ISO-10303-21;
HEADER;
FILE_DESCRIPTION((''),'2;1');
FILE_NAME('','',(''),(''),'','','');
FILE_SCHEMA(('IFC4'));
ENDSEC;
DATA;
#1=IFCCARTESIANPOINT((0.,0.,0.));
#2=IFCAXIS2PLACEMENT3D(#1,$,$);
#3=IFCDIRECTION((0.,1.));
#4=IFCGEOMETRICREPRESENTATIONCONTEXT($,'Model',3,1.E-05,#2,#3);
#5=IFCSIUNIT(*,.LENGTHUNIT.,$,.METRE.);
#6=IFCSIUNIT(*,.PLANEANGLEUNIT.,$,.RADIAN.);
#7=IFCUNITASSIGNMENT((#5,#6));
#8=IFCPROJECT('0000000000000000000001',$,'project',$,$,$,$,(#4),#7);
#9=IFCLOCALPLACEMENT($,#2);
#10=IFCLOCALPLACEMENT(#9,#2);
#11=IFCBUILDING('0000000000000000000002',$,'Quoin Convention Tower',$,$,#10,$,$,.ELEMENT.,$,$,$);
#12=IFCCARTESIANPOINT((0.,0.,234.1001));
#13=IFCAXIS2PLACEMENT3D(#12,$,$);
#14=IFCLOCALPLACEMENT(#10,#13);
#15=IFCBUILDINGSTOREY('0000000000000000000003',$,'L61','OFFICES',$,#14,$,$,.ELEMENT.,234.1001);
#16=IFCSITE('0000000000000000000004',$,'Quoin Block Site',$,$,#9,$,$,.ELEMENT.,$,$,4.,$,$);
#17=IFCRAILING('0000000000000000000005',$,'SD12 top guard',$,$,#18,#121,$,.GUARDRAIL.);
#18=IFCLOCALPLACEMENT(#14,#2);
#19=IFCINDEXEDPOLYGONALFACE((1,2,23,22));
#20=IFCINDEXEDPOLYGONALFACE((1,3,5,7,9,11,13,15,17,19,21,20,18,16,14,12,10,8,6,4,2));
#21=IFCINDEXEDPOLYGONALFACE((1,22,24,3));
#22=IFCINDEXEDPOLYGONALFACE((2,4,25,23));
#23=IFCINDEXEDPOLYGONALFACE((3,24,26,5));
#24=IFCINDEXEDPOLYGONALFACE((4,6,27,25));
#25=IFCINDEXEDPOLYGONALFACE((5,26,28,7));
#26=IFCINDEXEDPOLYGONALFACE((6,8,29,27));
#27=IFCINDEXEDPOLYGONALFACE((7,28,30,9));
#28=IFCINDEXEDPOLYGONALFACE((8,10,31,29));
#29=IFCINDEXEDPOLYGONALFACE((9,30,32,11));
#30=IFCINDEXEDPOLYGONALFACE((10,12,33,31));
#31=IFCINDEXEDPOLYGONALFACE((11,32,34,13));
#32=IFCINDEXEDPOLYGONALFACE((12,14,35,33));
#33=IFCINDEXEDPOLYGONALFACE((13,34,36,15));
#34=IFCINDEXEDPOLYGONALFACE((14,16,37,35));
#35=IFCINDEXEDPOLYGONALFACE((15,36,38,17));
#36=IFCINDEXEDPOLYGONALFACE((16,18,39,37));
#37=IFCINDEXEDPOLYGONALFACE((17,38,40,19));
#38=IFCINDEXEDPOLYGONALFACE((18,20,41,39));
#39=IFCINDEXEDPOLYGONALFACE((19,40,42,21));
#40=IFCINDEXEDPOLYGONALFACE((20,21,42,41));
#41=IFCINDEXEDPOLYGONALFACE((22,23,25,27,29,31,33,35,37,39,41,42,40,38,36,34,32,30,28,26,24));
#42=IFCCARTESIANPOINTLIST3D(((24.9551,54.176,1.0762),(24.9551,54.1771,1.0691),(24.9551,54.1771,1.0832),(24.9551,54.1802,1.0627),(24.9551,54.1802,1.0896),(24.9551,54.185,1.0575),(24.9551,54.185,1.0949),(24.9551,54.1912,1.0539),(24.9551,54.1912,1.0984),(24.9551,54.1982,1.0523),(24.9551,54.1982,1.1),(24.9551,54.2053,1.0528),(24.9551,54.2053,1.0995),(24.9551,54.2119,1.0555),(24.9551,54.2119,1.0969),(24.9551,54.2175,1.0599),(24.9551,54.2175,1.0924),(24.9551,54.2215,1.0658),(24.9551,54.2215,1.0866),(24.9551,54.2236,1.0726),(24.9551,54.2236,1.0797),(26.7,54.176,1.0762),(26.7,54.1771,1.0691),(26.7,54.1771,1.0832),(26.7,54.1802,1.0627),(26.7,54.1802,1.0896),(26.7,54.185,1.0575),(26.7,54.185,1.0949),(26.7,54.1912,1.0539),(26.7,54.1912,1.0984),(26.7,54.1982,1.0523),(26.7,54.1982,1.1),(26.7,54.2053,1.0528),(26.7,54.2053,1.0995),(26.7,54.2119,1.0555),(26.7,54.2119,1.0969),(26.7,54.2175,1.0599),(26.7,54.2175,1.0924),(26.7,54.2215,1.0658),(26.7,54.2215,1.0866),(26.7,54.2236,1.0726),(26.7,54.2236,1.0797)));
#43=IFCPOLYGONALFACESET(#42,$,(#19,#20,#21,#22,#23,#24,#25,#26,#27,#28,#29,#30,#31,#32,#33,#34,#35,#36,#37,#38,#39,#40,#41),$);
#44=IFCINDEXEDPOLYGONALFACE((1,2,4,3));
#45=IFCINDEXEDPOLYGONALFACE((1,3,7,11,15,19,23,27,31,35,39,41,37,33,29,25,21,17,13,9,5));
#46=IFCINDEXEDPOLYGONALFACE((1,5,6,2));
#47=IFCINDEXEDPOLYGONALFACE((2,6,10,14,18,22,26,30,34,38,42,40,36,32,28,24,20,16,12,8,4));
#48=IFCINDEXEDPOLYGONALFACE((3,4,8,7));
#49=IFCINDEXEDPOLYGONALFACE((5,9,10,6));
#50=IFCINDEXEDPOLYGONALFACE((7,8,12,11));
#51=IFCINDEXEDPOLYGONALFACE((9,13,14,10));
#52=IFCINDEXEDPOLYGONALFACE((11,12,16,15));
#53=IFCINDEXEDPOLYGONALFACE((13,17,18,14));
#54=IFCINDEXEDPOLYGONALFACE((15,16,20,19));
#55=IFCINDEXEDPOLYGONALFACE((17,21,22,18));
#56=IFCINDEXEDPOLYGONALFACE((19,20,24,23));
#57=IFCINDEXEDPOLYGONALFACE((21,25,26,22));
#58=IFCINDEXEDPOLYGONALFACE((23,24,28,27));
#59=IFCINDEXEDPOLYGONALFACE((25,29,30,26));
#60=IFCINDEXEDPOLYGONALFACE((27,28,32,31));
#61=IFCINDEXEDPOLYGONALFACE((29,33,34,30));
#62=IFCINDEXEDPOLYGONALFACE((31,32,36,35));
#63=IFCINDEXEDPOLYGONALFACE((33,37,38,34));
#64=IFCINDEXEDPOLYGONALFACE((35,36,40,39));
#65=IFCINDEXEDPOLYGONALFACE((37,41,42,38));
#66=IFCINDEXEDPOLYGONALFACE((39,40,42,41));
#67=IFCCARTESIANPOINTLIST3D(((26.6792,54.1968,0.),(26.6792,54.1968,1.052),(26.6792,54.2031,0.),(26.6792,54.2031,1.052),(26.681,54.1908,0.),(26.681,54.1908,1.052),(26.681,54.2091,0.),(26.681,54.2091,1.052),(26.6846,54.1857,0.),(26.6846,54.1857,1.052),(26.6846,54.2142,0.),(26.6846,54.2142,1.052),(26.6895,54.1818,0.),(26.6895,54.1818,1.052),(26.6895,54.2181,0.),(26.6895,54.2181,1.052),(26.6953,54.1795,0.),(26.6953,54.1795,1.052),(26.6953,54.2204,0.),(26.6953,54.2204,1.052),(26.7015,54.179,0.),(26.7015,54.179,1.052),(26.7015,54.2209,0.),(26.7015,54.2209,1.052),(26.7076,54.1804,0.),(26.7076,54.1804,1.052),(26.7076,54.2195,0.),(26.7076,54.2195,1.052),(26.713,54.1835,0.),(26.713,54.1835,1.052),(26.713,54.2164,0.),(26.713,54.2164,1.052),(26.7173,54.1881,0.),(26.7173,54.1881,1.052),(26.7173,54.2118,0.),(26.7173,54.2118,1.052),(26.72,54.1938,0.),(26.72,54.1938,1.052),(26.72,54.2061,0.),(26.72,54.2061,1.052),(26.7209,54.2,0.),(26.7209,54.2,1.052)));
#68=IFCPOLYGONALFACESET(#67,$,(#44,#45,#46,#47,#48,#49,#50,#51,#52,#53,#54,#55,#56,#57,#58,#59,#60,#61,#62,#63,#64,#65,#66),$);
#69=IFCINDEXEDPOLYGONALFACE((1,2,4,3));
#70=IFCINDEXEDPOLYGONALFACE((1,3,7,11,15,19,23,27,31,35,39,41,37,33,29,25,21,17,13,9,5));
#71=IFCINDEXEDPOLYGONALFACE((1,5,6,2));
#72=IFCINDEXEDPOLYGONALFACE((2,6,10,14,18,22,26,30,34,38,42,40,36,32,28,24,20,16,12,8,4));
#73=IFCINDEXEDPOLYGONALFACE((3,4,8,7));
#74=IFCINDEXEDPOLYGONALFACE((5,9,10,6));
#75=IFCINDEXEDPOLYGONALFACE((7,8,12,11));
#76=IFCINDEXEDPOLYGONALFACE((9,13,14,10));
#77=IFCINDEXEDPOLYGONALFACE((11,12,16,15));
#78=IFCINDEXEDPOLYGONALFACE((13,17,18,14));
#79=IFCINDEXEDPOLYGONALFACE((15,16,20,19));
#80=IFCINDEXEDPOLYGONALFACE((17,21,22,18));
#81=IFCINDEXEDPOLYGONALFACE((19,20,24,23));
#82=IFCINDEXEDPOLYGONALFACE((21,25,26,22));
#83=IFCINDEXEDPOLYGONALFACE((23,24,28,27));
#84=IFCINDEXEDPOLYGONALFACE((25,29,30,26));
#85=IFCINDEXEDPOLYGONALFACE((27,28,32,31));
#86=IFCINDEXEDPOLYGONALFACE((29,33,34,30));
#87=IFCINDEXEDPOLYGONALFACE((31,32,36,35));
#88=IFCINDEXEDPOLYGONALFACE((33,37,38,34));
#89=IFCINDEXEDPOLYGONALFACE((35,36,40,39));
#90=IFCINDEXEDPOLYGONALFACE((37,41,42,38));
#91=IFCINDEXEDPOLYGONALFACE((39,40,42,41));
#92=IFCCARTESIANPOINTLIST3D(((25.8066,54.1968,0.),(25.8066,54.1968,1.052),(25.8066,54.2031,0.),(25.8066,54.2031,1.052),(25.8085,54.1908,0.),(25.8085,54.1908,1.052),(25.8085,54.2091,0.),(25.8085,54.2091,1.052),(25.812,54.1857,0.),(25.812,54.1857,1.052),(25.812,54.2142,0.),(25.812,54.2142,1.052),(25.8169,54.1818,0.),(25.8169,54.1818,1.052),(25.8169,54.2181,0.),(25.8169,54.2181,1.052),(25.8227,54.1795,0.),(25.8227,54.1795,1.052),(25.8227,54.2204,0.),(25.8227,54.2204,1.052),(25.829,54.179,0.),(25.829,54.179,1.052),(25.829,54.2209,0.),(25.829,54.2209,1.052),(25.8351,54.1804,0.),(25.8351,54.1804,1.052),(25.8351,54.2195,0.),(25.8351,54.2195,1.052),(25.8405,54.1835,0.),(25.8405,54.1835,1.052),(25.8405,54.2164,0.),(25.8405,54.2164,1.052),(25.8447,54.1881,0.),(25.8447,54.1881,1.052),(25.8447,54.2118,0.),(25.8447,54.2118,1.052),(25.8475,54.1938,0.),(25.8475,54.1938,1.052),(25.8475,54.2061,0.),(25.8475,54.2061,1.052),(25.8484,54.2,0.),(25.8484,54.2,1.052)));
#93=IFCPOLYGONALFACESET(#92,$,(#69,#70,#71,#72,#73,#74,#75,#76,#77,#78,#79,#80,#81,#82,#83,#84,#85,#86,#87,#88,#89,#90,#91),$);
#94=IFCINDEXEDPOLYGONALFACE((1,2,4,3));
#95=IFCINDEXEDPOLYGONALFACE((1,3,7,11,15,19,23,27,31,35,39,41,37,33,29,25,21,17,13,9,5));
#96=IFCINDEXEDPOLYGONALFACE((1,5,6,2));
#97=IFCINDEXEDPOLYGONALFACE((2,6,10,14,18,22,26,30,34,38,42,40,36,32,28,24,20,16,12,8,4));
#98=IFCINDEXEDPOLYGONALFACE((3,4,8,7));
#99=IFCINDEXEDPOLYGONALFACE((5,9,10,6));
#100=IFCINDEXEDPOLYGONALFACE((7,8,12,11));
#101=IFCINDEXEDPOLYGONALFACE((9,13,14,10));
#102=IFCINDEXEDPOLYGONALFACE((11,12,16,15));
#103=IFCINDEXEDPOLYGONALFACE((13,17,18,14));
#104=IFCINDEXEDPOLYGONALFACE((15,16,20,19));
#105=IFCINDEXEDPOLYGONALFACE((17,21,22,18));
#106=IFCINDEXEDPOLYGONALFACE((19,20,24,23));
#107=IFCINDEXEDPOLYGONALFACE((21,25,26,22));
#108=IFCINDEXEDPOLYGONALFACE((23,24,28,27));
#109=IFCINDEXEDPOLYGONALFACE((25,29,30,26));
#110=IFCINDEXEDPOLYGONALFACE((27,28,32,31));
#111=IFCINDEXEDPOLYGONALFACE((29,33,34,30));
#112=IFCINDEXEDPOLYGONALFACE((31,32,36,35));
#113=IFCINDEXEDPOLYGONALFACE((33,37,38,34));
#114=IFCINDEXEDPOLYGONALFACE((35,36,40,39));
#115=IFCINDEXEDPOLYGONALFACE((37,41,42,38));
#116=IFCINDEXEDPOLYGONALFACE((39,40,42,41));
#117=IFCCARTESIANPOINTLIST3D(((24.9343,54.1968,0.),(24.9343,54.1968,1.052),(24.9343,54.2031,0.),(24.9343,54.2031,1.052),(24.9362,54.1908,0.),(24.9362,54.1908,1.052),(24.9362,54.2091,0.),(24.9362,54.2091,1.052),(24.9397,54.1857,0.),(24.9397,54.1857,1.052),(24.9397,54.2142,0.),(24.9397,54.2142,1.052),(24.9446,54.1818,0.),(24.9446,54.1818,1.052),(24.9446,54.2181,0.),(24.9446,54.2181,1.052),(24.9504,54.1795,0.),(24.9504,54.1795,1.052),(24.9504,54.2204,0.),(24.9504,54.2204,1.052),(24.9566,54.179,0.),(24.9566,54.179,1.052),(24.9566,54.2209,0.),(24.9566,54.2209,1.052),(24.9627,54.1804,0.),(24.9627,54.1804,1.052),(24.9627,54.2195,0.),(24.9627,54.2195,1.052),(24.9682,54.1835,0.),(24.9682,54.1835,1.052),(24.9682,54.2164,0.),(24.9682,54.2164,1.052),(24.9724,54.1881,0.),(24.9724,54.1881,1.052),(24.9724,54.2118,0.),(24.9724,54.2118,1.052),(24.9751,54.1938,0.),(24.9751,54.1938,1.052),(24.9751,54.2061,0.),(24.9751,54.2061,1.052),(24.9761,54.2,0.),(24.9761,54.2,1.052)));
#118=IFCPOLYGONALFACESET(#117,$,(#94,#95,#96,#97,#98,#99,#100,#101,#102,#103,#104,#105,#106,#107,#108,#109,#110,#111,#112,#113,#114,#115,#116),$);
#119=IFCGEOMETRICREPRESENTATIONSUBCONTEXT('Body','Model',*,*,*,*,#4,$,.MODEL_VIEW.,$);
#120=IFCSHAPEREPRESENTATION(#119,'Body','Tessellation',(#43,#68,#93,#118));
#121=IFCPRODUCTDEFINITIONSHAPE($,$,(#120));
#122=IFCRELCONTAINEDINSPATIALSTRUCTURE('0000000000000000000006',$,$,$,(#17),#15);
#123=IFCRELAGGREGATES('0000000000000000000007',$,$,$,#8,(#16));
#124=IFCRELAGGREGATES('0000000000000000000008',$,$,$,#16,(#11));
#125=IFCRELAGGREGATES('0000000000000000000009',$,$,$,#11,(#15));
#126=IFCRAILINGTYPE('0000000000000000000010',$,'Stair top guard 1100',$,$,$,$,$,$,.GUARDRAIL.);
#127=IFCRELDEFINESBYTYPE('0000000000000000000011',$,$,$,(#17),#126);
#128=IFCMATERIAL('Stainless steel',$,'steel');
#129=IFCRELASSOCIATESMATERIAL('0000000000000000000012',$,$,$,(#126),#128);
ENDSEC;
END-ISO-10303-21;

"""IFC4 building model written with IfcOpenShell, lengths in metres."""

from ifc_helpers import new_model, si_unit, direction, frame, origin, origin_2d, place, context, subcontext, project, spatial, circle, extrude, material, type_object, element, save


model = new_model("IFC4")

# Units and contexts
model_context = context("Model", 3, precision=1e-05, world=origin(), true_north=direction((0.0, 1.0)))
body_context = subcontext(model_context, "Body", "Model", "MODEL_VIEW")
ifc_project = project(units=[si_unit("LENGTHUNIT", "METRE"), si_unit("PLANEANGLEUNIT", "RADIAN")], contexts=[model_context])

# Site, building, storey
site_placement = place(None, origin())
site = spatial("IfcSite", under=ifc_project, at=site_placement, Name="Quoin Block Site", CompositionType="ELEMENT", RefElevation=4.0)
building_placement = place(site_placement, origin())
building = spatial("IfcBuilding", under=site, at=building_placement, Name="Quoin Convention Tower", CompositionType="ELEMENT")
storey_placement = place(building_placement, frame((0.0, 0.0, 234.1001)))
storey = spatial("IfcBuildingStorey", under=building, at=storey_placement, Name="L61", Description="OFFICES", CompositionType="ELEMENT", Elevation=234.1001)

# Railing
ifc_material_1 = material(Name="Stainless steel", Category="steel")
railing_type_1 = type_object("IfcRailingType", Name="Stair top guard 1100", PredefinedType="GUARDRAIL", material=ifc_material_1)
railing_1_placement = place(storey_placement, frame((26.7, 54.2, 0.0)))
element("IfcRailing", 1, at=railing_1_placement, inside=storey, type_object=railing_type_1, Name="SD12 top guard", PredefinedType="GUARDRAIL", context=body_context, shape_type="SweptSolid", body=[
    extrude(circle(Radius=0.0239, at=origin_2d()), frame((0.0, 0.0, 1.0762), z_axis=(-1.0, 0.0, 0.0), x_axis=(0.0, -1.0, 0.0)), (0.0, 0.0, 1.0), 1.7449),
    extrude(circle(Radius=0.021, at=origin_2d()), origin(), (0.0, 0.0, 1.0), 1.052),
    extrude(circle(Radius=0.021, at=origin_2d()), frame((-0.8726, 0.0, 0.0)), (0.0, 0.0, 1.0), 1.052),
    extrude(circle(Radius=0.021, at=origin_2d()), frame((-1.7449, 0.0, 0.0)), (0.0, 0.0, 1.0), 1.052),
])

save(model, "model.ifc")
